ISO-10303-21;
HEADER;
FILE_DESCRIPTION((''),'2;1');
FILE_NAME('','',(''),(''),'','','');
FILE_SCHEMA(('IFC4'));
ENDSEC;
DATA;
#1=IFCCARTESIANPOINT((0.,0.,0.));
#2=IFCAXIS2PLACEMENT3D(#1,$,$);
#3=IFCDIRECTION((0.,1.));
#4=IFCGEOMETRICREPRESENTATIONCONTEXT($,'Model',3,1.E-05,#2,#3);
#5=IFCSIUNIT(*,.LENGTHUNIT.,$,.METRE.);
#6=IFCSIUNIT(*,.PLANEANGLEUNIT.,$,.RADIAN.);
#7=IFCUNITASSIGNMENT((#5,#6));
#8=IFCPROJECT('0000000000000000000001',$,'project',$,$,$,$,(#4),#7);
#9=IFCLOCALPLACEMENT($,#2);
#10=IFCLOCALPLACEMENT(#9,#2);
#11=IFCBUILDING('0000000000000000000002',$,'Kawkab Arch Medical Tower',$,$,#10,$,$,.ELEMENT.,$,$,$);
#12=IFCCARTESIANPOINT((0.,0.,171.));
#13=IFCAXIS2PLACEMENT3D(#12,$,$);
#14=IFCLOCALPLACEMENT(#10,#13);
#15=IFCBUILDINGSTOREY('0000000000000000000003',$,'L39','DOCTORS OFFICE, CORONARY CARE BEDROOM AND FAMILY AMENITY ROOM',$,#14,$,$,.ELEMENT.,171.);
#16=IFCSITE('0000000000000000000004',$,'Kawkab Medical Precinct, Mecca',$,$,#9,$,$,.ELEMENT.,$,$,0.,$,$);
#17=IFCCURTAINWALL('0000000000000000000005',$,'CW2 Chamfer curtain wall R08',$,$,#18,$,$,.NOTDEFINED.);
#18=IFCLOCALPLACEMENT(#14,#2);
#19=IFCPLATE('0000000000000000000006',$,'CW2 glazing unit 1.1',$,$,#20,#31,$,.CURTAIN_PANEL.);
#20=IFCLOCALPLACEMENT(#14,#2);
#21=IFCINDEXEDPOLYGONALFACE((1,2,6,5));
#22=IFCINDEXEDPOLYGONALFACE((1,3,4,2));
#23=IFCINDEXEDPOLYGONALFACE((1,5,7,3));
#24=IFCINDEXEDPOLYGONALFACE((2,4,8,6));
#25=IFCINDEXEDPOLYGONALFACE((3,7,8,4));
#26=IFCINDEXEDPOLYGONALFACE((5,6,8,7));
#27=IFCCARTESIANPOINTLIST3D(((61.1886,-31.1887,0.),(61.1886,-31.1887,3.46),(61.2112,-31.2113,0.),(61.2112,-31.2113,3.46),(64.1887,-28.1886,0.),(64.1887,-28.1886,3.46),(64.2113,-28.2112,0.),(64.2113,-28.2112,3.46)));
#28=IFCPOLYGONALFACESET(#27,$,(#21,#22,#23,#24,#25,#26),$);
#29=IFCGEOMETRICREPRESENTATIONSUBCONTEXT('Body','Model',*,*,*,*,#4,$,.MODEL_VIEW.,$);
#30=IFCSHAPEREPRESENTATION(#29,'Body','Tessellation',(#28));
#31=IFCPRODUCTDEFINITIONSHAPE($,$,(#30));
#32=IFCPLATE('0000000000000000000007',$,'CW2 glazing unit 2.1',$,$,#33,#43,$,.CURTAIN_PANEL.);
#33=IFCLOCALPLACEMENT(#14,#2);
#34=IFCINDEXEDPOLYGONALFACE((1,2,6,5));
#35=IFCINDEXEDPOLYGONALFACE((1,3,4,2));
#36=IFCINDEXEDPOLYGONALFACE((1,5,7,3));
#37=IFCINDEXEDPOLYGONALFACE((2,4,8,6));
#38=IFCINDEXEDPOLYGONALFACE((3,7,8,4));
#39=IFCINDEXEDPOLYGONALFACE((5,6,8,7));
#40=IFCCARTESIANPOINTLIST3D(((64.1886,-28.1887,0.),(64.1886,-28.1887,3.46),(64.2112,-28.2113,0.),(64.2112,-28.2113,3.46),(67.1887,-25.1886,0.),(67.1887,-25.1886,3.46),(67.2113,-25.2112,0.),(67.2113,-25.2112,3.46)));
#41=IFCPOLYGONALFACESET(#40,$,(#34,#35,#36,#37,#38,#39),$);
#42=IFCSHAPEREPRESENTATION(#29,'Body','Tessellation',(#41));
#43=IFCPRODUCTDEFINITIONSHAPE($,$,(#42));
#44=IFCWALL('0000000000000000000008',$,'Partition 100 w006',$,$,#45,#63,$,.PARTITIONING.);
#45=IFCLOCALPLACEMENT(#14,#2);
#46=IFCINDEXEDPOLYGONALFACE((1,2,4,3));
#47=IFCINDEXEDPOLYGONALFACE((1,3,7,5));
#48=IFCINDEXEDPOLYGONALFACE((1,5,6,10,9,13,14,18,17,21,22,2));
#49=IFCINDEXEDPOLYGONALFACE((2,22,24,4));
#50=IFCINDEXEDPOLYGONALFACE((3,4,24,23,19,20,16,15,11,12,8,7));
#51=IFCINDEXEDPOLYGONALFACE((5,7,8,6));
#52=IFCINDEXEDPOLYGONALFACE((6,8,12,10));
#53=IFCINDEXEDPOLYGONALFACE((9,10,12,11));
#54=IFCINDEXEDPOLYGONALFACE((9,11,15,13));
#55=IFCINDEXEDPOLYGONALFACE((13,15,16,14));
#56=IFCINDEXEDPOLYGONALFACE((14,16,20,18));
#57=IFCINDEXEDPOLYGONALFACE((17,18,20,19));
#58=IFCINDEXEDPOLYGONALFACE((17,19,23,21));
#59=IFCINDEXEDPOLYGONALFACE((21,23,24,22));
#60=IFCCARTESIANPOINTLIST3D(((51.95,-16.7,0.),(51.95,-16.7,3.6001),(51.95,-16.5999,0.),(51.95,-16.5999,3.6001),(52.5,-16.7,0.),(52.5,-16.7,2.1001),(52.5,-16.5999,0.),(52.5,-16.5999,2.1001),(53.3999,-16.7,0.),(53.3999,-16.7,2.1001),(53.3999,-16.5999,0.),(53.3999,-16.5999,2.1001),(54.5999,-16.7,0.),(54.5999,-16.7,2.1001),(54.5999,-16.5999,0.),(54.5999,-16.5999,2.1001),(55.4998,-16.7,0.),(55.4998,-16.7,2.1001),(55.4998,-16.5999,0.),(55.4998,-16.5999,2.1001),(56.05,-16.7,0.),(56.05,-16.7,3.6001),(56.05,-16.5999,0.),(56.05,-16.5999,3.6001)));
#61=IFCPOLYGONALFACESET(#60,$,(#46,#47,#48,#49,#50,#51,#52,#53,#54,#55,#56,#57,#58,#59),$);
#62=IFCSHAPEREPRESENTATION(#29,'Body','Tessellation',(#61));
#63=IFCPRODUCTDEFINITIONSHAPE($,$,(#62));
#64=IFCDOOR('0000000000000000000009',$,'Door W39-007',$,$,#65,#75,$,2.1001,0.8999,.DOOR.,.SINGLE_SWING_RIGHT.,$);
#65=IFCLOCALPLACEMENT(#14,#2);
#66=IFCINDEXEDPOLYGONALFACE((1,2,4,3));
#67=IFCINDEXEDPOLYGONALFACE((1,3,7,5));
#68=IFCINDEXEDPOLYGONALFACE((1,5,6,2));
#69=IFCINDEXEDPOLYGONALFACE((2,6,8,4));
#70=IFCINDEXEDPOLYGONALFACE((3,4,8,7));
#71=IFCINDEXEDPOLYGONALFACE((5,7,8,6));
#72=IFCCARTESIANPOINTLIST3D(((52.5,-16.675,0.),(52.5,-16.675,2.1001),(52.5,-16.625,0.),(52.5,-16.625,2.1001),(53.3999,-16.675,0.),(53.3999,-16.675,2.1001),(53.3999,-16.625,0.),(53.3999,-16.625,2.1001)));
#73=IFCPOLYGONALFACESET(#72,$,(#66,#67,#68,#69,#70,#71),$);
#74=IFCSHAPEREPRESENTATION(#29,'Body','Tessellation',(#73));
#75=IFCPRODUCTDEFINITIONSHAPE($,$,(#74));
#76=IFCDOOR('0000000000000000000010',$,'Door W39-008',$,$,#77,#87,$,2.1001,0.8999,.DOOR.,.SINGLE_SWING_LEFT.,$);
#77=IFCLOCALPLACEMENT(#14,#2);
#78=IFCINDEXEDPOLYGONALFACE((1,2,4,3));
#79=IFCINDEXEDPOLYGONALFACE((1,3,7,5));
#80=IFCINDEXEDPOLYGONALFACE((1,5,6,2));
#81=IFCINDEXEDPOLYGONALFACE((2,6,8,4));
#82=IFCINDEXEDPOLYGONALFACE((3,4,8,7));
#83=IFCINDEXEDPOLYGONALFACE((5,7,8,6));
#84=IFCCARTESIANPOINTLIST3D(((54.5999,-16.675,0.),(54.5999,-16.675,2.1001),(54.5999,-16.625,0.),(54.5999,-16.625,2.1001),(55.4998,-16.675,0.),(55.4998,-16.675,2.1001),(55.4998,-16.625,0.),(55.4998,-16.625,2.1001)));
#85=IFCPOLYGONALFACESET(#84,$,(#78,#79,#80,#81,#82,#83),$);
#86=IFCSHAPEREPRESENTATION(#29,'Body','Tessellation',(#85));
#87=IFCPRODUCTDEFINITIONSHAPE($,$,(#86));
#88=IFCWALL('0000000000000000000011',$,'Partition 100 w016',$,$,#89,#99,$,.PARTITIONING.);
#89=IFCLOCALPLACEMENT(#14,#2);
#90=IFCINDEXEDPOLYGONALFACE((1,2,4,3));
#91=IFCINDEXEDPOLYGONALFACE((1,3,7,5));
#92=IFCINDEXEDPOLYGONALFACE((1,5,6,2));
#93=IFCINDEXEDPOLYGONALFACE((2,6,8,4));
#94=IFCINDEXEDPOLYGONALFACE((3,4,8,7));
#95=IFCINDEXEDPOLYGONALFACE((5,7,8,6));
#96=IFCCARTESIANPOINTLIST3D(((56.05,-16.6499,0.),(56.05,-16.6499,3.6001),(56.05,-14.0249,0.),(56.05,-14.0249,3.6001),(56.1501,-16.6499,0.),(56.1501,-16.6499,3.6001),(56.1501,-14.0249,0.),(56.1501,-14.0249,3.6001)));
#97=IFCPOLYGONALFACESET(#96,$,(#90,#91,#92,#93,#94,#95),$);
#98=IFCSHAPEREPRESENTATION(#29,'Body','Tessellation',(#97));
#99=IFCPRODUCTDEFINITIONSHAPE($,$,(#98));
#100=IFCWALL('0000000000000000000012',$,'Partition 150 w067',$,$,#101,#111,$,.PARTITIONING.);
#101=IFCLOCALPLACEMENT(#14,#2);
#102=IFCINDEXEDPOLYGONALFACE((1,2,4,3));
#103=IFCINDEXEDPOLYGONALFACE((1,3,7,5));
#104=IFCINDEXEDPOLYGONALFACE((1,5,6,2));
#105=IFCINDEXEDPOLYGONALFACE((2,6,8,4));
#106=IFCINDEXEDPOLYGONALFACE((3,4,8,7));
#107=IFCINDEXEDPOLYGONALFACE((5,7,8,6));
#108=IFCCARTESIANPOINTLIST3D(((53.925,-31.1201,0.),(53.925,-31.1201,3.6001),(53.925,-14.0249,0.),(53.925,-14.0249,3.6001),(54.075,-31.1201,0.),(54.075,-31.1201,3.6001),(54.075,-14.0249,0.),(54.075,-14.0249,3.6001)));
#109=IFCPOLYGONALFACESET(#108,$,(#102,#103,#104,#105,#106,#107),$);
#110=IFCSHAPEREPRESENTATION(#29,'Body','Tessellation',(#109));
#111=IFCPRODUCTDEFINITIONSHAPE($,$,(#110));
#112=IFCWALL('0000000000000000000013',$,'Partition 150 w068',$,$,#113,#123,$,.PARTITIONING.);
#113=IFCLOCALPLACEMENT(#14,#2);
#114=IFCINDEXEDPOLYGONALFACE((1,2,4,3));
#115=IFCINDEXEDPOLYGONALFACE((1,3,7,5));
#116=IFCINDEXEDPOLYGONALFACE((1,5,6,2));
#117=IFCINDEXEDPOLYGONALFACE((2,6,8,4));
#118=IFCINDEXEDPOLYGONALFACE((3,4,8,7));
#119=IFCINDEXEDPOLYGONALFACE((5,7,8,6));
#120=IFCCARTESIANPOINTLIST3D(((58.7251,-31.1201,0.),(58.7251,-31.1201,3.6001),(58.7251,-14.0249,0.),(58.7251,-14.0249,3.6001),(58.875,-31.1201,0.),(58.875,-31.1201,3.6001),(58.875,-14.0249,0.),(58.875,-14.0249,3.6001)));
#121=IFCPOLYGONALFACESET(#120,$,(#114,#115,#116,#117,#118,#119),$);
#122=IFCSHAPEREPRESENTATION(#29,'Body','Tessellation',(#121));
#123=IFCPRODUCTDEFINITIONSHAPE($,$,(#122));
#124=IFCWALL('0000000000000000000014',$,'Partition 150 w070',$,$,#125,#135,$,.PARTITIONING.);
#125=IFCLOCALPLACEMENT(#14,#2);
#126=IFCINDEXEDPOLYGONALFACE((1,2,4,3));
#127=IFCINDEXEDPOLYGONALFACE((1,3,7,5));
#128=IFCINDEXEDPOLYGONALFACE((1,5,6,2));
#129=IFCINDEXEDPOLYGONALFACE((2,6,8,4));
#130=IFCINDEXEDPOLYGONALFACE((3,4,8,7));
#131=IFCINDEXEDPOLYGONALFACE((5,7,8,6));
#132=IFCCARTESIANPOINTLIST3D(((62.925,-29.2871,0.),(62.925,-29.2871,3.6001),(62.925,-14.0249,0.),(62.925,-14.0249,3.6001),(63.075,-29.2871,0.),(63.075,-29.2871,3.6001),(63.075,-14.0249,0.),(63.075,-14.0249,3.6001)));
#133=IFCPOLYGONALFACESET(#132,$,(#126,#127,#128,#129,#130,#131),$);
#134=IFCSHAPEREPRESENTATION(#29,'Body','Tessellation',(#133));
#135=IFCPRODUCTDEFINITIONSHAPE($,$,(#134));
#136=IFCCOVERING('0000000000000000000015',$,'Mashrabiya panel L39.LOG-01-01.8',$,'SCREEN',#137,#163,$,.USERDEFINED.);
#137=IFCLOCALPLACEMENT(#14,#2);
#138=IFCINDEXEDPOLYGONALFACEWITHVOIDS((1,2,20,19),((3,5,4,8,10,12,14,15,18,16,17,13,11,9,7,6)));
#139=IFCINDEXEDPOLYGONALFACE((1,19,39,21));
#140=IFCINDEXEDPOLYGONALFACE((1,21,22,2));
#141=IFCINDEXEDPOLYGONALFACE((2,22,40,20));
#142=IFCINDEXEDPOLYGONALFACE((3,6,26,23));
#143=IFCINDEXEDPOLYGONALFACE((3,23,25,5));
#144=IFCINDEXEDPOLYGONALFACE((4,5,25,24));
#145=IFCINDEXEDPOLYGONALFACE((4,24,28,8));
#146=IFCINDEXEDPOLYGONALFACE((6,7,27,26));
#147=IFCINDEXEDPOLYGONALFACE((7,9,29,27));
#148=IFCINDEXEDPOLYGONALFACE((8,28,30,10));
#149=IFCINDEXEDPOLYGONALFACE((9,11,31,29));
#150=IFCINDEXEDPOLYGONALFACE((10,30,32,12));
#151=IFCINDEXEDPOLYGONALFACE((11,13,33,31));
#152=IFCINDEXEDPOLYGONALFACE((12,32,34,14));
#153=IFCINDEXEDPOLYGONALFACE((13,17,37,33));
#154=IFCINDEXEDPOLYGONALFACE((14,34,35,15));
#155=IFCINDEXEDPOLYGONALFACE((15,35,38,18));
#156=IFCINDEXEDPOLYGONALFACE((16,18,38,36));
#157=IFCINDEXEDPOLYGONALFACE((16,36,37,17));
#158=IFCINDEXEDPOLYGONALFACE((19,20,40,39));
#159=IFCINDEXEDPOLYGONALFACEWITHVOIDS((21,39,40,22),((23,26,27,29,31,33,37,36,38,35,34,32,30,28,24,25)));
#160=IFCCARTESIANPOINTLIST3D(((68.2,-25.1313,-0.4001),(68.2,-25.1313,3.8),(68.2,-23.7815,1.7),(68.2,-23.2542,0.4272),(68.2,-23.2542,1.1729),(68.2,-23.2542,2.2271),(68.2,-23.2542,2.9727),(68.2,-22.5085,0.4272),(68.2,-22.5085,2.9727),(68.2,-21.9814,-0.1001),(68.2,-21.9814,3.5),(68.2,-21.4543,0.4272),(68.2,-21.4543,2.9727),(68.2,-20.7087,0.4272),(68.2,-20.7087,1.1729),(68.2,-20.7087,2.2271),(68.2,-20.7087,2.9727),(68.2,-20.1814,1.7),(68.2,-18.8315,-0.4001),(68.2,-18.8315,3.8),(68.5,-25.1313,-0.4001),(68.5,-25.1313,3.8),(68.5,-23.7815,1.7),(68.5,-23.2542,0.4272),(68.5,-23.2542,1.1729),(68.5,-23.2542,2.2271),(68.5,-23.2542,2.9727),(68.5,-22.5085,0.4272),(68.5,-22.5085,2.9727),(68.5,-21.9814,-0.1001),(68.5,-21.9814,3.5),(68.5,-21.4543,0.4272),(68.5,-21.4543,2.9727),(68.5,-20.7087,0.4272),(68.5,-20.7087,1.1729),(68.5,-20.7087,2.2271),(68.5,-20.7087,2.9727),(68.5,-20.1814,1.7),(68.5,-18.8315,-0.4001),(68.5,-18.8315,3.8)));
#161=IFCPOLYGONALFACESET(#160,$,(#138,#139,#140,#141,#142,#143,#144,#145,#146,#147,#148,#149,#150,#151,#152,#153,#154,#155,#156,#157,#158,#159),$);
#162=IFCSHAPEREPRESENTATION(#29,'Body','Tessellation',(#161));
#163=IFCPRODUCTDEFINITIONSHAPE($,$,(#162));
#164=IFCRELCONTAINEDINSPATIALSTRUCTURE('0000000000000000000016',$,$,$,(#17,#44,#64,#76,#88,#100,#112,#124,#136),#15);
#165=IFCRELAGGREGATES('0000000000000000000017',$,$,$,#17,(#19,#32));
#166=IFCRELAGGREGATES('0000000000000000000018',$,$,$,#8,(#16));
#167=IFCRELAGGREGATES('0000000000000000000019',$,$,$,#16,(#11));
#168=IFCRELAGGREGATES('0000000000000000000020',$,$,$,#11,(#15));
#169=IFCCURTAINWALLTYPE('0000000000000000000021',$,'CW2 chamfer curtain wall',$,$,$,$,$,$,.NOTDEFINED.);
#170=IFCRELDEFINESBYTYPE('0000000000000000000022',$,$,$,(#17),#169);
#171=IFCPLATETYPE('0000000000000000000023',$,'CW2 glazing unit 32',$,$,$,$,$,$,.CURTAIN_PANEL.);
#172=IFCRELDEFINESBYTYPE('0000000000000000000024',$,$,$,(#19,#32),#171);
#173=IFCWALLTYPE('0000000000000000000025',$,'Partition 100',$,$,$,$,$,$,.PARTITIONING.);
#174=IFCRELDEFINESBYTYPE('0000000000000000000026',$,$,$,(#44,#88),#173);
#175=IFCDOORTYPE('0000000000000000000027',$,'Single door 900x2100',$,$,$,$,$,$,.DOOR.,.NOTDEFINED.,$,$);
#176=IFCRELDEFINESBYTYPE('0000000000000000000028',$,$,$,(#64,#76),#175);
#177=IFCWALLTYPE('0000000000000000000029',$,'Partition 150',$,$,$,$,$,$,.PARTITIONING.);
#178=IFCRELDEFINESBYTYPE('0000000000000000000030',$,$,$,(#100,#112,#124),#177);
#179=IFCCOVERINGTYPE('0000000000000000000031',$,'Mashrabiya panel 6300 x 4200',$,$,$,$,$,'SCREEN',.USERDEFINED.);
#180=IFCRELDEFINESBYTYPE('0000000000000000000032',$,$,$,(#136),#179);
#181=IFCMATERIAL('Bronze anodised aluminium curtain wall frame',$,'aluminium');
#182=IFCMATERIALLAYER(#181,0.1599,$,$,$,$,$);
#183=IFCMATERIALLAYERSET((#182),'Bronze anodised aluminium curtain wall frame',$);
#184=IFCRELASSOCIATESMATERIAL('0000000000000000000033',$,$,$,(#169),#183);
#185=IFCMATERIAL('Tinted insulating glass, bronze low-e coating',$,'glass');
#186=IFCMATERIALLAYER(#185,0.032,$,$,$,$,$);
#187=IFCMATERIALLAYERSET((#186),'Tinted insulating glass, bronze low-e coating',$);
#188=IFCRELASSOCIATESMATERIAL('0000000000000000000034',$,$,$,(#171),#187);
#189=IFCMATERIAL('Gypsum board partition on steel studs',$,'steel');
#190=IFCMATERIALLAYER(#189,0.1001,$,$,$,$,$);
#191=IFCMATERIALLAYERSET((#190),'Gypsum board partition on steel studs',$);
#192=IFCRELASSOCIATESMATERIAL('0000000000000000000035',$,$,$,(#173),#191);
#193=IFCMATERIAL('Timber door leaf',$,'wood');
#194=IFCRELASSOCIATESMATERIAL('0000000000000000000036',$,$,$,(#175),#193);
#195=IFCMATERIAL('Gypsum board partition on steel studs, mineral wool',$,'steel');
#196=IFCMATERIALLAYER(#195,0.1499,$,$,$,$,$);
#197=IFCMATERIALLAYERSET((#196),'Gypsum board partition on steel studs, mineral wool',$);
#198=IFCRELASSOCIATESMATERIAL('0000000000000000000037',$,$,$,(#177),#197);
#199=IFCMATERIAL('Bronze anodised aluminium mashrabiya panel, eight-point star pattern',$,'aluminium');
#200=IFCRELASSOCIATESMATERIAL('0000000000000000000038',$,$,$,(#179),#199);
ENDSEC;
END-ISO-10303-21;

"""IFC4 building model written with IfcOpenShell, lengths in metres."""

from ifc_helpers import new_model, si_unit, direction, frame, frame_2d, origin, origin_2d, place, context, subcontext, project, spatial, polyline, rectangle, outline, extrude, material, layer, layer_set, material_profile, profile_set, type_object, element, fill, aggregate, save


model = new_model("IFC4")

# Units and contexts
model_context = context("Model", 3, precision=1e-05, world=origin(), true_north=direction((0.0, 1.0)))
body_context = subcontext(model_context, "Body", "Model", "MODEL_VIEW")
ifc_project = project(units=[si_unit("LENGTHUNIT", "METRE"), si_unit("PLANEANGLEUNIT", "RADIAN")], contexts=[model_context])

# Site, building, storey
site_placement = place(None, origin())
site = spatial("IfcSite", under=ifc_project, at=site_placement, Name="Kawkab Medical Precinct, Mecca", CompositionType="ELEMENT", RefElevation=0.0)
building_placement = place(site_placement, origin())
building = spatial("IfcBuilding", under=site, at=building_placement, Name="Kawkab Arch Medical Tower", CompositionType="ELEMENT")
storey_placement = place(building_placement, frame((0.0, 0.0, 171.0)))
storey = spatial("IfcBuildingStorey", under=building, at=storey_placement, Name="L39", Description="DOCTORS OFFICE, CORONARY CARE BEDROOM AND FAMILY AMENITY ROOM", CompositionType="ELEMENT", Elevation=171.0)

# Shared definitions
placement = place(storey_placement, origin())

# Curtain wall
ifc_material_1 = material(Name="Bronze anodised aluminium curtain wall frame", Category="aluminium")
ifc_layer_1 = layer(ifc_material_1, 0.1599)
ifc_layer_set_1 = layer_set([ifc_layer_1], Name="Bronze anodised aluminium curtain wall frame")
curtain_wall_type_1 = type_object("IfcCurtainWallType", Name="CW2 chamfer curtain wall", PredefinedType="NOTDEFINED", material=ifc_layer_set_1)
curtain_wall_1 = element("IfcCurtainWall", 1, at=placement, inside=storey, type_object=curtain_wall_type_1, Name="CW2 Chamfer curtain wall R08", PredefinedType="NOTDEFINED")

# Plates
ifc_material_2 = material(Name="Tinted insulating glass, bronze low-e coating", Category="glass")
ifc_layer_2 = layer(ifc_material_2, 0.032)
ifc_layer_set_2 = layer_set([ifc_layer_2], Name="Tinted insulating glass, bronze low-e coating")
plate_type_1 = type_object("IfcPlateType", Name="CW2 glazing unit 32", PredefinedType="CURTAIN_PANEL", material=ifc_layer_set_2)
plate_1_placement = place(storey_placement, frame((62.7, -29.7, 0.0), z_axis=(0.0, 0.0, 1.0), x_axis=(0.707107, 0.707107, 0.0)))
plate_1 = element("IfcPlate", 2, at=plate_1_placement, type_object=plate_type_1, Name="CW2 glazing unit 1.1", PredefinedType="CURTAIN_PANEL", context=body_context, shape_type="SweptSolid", body=[
    extrude(rectangle(XDim=4.2427, YDim=0.032, at=origin_2d()), origin(), (0.0, 0.0, 1.0), 3.46),
])
plate_2_placement = place(storey_placement, frame((65.7, -26.7, 0.0), z_axis=(0.0, 0.0, 1.0), x_axis=(0.707107, 0.707107, 0.0)))
plate_2 = element("IfcPlate", 3, at=plate_2_placement, type_object=plate_type_1, Name="CW2 glazing unit 2.1", PredefinedType="CURTAIN_PANEL", context=body_context, shape_type="SweptSolid", body=[
    extrude(rectangle(XDim=4.2427, YDim=0.032, at=origin_2d()), origin(), (0.0, 0.0, 1.0), 3.46),
])
aggregate(curtain_wall_1, [plate_1, plate_2])

# Wall, openings, doors
ifc_material_3 = material(Name="Gypsum board partition on steel studs", Category="steel")
ifc_layer_3 = layer(ifc_material_3, 0.1001)
ifc_layer_set_3 = layer_set([ifc_layer_3], Name="Gypsum board partition on steel studs")
wall_type_1 = type_object("IfcWallType", Name="Partition 100", PredefinedType="PARTITIONING", material=ifc_layer_set_3)
wall_1_placement = place(storey_placement, frame((51.95, -16.6499, 0.0), z_axis=(0.0, 0.0, 1.0), x_axis=(1.0, 0.0, 0.0)))
wall_1 = element("IfcWall", 4, at=wall_1_placement, inside=storey, type_object=wall_type_1, Name="Partition 100 w006", PredefinedType="PARTITIONING", context=body_context, shape_type="SweptSolid", body=[
    extrude(rectangle(XDim=4.1001, YDim=0.1001, at=frame_2d((2.05, 0.0))), origin(), (0.0, 0.0, 1.0), 3.6001),
])
opening_1_placement = place(wall_1_placement, frame((0.55, 0.0, 0.0)))
opening_1 = element("IfcOpeningElement", 5, at=opening_1_placement, cuts=wall_1, PredefinedType="OPENING", context=body_context, shape_type="SweptSolid", body=[
    extrude(rectangle(XDim=0.8999, YDim=2.1001, at=frame_2d((0.45, 1.05))), frame((0.0, 0.0601, 0.0), z_axis=(0.0, -1.0, 0.0), x_axis=(1.0, 0.0, 0.0)), (0.0, 0.0, 1.0), 0.1201),
])
opening_2_placement = place(wall_1_placement, frame((2.6499, 0.0, 0.0)))
opening_2 = element("IfcOpeningElement", 6, at=opening_2_placement, cuts=wall_1, PredefinedType="OPENING", context=body_context, shape_type="SweptSolid", body=[
    extrude(rectangle(XDim=0.8999, YDim=2.1001, at=frame_2d((0.45, 1.05))), frame((0.0, 0.0601, 0.0), z_axis=(0.0, -1.0, 0.0), x_axis=(1.0, 0.0, 0.0)), (0.0, 0.0, 1.0), 0.1201),
])
ifc_material_4 = material(Name="Timber door leaf", Category="wood")
door_type = type_object("IfcDoorType", Name="Single door 900x2100", OperationType="NOTDEFINED", PredefinedType="DOOR", material=ifc_material_4)
door_1_placement = place(opening_1_placement, origin())
door_1 = element("IfcDoor", 7, at=door_1_placement, inside=storey, type_object=door_type, Name="Door W39-007", OperationType="SINGLE_SWING_RIGHT", OverallHeight=2.1001, OverallWidth=0.8999, PredefinedType="DOOR", context=body_context, shape_type="SweptSolid", body=[
    extrude(rectangle(XDim=0.8999, YDim=2.1001, at=frame_2d((0.45, 1.05))), frame((0.0, 0.0249, 0.0), z_axis=(0.0, -1.0, 0.0), x_axis=(1.0, 0.0, 0.0)), (0.0, 0.0, 1.0), 0.05),
])
fill(opening_1, door_1)
door_2_placement = place(opening_2_placement, origin())
door_2 = element("IfcDoor", 8, at=door_2_placement, inside=storey, type_object=door_type, Name="Door W39-008", OperationType="SINGLE_SWING_LEFT", OverallHeight=2.1001, OverallWidth=0.8999, PredefinedType="DOOR", context=body_context, shape_type="SweptSolid", body=[
    extrude(rectangle(XDim=0.8999, YDim=2.1001, at=frame_2d((0.45, 1.05))), frame((0.0, 0.0249, 0.0), z_axis=(0.0, -1.0, 0.0), x_axis=(1.0, 0.0, 0.0)), (0.0, 0.0, 1.0), 0.05),
])
fill(opening_2, door_2)

# Walls
wall_2_placement = place(storey_placement, frame((56.1001, -16.6499, 0.0), z_axis=(0.0, 0.0, 1.0), x_axis=(0.0, 1.0, 0.0)))
element("IfcWall", 9, at=wall_2_placement, inside=storey, type_object=wall_type_1, Name="Partition 100 w016", PredefinedType="PARTITIONING", context=body_context, shape_type="SweptSolid", body=[
    extrude(rectangle(XDim=2.625, YDim=0.1001, at=frame_2d((1.3125, 0.0))), origin(), (0.0, 0.0, 1.0), 3.6001),
])
ifc_material_5 = material(Name="Gypsum board partition on steel studs, mineral wool", Category="steel")
ifc_layer_4 = layer(ifc_material_5, 0.1499)
ifc_layer_set_4 = layer_set([ifc_layer_4], Name="Gypsum board partition on steel studs, mineral wool")
wall_type_2 = type_object("IfcWallType", Name="Partition 150", PredefinedType="PARTITIONING", material=ifc_layer_set_4)
for number, where, z_axis, x_axis, name in (
    (10, (54.0, -31.1201, 0.0), (0.0, 0.0, 1.0), (0.0, 1.0, 0.0), "Partition 150 w067"),
    (11, (58.8, -31.1201, 0.0), (0.0, 0.0, 1.0), (0.0, 1.0, 0.0), "Partition 150 w068"),
):
    element("IfcWall", number, at=place(storey_placement, frame(where, z_axis=z_axis, x_axis=x_axis)), inside=storey, type_object=wall_type_2, Name=name, PredefinedType="PARTITIONING", context=body_context, shape_type="SweptSolid", body=[
        extrude(rectangle(XDim=17.0952, YDim=0.1499, at=frame_2d((8.5476, 0.0))), origin(), (0.0, 0.0, 1.0), 3.6001),
    ])
wall_3_placement = place(storey_placement, frame((63.0, -29.2871, 0.0), z_axis=(0.0, 0.0, 1.0), x_axis=(0.0, 1.0, 0.0)))
element("IfcWall", 12, at=wall_3_placement, inside=storey, type_object=wall_type_2, Name="Partition 150 w070", PredefinedType="PARTITIONING", context=body_context, shape_type="SweptSolid", body=[
    extrude(rectangle(XDim=15.2622, YDim=0.1499, at=frame_2d((7.6311, 0.0))), origin(), (0.0, 0.0, 1.0), 3.6001),
])

# Covering
ifc_material_6 = material(Name="Bronze anodised aluminium mashrabiya panel, eight-point star pattern", Category="aluminium")
ifc_material_profile_1 = material_profile(ifc_material_6, outline(polyline([(-3.1499, -2.1001), (3.1499, -2.1001), (3.1499, 2.1001), (-3.1499, 2.1001), (-3.1499, -2.1001)]), holes=[polyline([(1.8, 0.0), (1.2727, 0.5271), (1.2727, 1.2727), (0.5271, 1.2727), (0.0, 1.8), (-0.5271, 1.2727), (-1.2727, 1.2727), (-1.2727, 0.5271), (-1.8, 0.0), (-1.2727, -0.5271), (-1.2727, -1.2727), (-0.5271, -1.2727), (0.0, -1.8), (0.5271, -1.2727), (1.2727, -1.2727), (1.2727, -0.5271), (1.8, 0.0)])]), Name="Mashrabiya panel 6300x4200")
ifc_profile_set_1 = profile_set([ifc_material_profile_1], Name="Bronze anodised aluminium mashrabiya panel, eight-point star pattern")
covering_type = type_object("IfcCoveringType", Name="Mashrabiya panel 6300 x 4200", ElementType="SCREEN", PredefinedType="USERDEFINED", material=ifc_profile_set_1)
covering_placement = place(storey_placement, frame((68.2, -21.9814, 1.7), z_axis=(1.0, 0.0, 0.0), x_axis=(0.0, 1.0, 0.0)))
element("IfcCovering", 13, at=covering_placement, inside=storey, type_object=covering_type, Name="Mashrabiya panel L39.LOG-01-01.8", ObjectType="SCREEN", PredefinedType="USERDEFINED", context=body_context, shape_type="SweptSolid", body=[
    extrude(outline(polyline([(-3.1499, -2.1001), (3.1499, -2.1001), (3.1499, 2.1001), (-3.1499, 2.1001), (-3.1499, -2.1001)]), holes=[polyline([(1.8, 0.0), (1.2727, 0.5271), (1.2727, 1.2727), (0.5271, 1.2727), (0.0, 1.8), (-0.5271, 1.2727), (-1.2727, 1.2727), (-1.2727, 0.5271), (-1.8, 0.0), (-1.2727, -0.5271), (-1.2727, -1.2727), (-0.5271, -1.2727), (0.0, -1.8), (0.5271, -1.2727), (1.2727, -1.2727), (1.2727, -0.5271), (1.8, 0.0)])]), origin(), (0.0, 0.0, 1.0), 0.3),
])

save(model, "model.ifc")
